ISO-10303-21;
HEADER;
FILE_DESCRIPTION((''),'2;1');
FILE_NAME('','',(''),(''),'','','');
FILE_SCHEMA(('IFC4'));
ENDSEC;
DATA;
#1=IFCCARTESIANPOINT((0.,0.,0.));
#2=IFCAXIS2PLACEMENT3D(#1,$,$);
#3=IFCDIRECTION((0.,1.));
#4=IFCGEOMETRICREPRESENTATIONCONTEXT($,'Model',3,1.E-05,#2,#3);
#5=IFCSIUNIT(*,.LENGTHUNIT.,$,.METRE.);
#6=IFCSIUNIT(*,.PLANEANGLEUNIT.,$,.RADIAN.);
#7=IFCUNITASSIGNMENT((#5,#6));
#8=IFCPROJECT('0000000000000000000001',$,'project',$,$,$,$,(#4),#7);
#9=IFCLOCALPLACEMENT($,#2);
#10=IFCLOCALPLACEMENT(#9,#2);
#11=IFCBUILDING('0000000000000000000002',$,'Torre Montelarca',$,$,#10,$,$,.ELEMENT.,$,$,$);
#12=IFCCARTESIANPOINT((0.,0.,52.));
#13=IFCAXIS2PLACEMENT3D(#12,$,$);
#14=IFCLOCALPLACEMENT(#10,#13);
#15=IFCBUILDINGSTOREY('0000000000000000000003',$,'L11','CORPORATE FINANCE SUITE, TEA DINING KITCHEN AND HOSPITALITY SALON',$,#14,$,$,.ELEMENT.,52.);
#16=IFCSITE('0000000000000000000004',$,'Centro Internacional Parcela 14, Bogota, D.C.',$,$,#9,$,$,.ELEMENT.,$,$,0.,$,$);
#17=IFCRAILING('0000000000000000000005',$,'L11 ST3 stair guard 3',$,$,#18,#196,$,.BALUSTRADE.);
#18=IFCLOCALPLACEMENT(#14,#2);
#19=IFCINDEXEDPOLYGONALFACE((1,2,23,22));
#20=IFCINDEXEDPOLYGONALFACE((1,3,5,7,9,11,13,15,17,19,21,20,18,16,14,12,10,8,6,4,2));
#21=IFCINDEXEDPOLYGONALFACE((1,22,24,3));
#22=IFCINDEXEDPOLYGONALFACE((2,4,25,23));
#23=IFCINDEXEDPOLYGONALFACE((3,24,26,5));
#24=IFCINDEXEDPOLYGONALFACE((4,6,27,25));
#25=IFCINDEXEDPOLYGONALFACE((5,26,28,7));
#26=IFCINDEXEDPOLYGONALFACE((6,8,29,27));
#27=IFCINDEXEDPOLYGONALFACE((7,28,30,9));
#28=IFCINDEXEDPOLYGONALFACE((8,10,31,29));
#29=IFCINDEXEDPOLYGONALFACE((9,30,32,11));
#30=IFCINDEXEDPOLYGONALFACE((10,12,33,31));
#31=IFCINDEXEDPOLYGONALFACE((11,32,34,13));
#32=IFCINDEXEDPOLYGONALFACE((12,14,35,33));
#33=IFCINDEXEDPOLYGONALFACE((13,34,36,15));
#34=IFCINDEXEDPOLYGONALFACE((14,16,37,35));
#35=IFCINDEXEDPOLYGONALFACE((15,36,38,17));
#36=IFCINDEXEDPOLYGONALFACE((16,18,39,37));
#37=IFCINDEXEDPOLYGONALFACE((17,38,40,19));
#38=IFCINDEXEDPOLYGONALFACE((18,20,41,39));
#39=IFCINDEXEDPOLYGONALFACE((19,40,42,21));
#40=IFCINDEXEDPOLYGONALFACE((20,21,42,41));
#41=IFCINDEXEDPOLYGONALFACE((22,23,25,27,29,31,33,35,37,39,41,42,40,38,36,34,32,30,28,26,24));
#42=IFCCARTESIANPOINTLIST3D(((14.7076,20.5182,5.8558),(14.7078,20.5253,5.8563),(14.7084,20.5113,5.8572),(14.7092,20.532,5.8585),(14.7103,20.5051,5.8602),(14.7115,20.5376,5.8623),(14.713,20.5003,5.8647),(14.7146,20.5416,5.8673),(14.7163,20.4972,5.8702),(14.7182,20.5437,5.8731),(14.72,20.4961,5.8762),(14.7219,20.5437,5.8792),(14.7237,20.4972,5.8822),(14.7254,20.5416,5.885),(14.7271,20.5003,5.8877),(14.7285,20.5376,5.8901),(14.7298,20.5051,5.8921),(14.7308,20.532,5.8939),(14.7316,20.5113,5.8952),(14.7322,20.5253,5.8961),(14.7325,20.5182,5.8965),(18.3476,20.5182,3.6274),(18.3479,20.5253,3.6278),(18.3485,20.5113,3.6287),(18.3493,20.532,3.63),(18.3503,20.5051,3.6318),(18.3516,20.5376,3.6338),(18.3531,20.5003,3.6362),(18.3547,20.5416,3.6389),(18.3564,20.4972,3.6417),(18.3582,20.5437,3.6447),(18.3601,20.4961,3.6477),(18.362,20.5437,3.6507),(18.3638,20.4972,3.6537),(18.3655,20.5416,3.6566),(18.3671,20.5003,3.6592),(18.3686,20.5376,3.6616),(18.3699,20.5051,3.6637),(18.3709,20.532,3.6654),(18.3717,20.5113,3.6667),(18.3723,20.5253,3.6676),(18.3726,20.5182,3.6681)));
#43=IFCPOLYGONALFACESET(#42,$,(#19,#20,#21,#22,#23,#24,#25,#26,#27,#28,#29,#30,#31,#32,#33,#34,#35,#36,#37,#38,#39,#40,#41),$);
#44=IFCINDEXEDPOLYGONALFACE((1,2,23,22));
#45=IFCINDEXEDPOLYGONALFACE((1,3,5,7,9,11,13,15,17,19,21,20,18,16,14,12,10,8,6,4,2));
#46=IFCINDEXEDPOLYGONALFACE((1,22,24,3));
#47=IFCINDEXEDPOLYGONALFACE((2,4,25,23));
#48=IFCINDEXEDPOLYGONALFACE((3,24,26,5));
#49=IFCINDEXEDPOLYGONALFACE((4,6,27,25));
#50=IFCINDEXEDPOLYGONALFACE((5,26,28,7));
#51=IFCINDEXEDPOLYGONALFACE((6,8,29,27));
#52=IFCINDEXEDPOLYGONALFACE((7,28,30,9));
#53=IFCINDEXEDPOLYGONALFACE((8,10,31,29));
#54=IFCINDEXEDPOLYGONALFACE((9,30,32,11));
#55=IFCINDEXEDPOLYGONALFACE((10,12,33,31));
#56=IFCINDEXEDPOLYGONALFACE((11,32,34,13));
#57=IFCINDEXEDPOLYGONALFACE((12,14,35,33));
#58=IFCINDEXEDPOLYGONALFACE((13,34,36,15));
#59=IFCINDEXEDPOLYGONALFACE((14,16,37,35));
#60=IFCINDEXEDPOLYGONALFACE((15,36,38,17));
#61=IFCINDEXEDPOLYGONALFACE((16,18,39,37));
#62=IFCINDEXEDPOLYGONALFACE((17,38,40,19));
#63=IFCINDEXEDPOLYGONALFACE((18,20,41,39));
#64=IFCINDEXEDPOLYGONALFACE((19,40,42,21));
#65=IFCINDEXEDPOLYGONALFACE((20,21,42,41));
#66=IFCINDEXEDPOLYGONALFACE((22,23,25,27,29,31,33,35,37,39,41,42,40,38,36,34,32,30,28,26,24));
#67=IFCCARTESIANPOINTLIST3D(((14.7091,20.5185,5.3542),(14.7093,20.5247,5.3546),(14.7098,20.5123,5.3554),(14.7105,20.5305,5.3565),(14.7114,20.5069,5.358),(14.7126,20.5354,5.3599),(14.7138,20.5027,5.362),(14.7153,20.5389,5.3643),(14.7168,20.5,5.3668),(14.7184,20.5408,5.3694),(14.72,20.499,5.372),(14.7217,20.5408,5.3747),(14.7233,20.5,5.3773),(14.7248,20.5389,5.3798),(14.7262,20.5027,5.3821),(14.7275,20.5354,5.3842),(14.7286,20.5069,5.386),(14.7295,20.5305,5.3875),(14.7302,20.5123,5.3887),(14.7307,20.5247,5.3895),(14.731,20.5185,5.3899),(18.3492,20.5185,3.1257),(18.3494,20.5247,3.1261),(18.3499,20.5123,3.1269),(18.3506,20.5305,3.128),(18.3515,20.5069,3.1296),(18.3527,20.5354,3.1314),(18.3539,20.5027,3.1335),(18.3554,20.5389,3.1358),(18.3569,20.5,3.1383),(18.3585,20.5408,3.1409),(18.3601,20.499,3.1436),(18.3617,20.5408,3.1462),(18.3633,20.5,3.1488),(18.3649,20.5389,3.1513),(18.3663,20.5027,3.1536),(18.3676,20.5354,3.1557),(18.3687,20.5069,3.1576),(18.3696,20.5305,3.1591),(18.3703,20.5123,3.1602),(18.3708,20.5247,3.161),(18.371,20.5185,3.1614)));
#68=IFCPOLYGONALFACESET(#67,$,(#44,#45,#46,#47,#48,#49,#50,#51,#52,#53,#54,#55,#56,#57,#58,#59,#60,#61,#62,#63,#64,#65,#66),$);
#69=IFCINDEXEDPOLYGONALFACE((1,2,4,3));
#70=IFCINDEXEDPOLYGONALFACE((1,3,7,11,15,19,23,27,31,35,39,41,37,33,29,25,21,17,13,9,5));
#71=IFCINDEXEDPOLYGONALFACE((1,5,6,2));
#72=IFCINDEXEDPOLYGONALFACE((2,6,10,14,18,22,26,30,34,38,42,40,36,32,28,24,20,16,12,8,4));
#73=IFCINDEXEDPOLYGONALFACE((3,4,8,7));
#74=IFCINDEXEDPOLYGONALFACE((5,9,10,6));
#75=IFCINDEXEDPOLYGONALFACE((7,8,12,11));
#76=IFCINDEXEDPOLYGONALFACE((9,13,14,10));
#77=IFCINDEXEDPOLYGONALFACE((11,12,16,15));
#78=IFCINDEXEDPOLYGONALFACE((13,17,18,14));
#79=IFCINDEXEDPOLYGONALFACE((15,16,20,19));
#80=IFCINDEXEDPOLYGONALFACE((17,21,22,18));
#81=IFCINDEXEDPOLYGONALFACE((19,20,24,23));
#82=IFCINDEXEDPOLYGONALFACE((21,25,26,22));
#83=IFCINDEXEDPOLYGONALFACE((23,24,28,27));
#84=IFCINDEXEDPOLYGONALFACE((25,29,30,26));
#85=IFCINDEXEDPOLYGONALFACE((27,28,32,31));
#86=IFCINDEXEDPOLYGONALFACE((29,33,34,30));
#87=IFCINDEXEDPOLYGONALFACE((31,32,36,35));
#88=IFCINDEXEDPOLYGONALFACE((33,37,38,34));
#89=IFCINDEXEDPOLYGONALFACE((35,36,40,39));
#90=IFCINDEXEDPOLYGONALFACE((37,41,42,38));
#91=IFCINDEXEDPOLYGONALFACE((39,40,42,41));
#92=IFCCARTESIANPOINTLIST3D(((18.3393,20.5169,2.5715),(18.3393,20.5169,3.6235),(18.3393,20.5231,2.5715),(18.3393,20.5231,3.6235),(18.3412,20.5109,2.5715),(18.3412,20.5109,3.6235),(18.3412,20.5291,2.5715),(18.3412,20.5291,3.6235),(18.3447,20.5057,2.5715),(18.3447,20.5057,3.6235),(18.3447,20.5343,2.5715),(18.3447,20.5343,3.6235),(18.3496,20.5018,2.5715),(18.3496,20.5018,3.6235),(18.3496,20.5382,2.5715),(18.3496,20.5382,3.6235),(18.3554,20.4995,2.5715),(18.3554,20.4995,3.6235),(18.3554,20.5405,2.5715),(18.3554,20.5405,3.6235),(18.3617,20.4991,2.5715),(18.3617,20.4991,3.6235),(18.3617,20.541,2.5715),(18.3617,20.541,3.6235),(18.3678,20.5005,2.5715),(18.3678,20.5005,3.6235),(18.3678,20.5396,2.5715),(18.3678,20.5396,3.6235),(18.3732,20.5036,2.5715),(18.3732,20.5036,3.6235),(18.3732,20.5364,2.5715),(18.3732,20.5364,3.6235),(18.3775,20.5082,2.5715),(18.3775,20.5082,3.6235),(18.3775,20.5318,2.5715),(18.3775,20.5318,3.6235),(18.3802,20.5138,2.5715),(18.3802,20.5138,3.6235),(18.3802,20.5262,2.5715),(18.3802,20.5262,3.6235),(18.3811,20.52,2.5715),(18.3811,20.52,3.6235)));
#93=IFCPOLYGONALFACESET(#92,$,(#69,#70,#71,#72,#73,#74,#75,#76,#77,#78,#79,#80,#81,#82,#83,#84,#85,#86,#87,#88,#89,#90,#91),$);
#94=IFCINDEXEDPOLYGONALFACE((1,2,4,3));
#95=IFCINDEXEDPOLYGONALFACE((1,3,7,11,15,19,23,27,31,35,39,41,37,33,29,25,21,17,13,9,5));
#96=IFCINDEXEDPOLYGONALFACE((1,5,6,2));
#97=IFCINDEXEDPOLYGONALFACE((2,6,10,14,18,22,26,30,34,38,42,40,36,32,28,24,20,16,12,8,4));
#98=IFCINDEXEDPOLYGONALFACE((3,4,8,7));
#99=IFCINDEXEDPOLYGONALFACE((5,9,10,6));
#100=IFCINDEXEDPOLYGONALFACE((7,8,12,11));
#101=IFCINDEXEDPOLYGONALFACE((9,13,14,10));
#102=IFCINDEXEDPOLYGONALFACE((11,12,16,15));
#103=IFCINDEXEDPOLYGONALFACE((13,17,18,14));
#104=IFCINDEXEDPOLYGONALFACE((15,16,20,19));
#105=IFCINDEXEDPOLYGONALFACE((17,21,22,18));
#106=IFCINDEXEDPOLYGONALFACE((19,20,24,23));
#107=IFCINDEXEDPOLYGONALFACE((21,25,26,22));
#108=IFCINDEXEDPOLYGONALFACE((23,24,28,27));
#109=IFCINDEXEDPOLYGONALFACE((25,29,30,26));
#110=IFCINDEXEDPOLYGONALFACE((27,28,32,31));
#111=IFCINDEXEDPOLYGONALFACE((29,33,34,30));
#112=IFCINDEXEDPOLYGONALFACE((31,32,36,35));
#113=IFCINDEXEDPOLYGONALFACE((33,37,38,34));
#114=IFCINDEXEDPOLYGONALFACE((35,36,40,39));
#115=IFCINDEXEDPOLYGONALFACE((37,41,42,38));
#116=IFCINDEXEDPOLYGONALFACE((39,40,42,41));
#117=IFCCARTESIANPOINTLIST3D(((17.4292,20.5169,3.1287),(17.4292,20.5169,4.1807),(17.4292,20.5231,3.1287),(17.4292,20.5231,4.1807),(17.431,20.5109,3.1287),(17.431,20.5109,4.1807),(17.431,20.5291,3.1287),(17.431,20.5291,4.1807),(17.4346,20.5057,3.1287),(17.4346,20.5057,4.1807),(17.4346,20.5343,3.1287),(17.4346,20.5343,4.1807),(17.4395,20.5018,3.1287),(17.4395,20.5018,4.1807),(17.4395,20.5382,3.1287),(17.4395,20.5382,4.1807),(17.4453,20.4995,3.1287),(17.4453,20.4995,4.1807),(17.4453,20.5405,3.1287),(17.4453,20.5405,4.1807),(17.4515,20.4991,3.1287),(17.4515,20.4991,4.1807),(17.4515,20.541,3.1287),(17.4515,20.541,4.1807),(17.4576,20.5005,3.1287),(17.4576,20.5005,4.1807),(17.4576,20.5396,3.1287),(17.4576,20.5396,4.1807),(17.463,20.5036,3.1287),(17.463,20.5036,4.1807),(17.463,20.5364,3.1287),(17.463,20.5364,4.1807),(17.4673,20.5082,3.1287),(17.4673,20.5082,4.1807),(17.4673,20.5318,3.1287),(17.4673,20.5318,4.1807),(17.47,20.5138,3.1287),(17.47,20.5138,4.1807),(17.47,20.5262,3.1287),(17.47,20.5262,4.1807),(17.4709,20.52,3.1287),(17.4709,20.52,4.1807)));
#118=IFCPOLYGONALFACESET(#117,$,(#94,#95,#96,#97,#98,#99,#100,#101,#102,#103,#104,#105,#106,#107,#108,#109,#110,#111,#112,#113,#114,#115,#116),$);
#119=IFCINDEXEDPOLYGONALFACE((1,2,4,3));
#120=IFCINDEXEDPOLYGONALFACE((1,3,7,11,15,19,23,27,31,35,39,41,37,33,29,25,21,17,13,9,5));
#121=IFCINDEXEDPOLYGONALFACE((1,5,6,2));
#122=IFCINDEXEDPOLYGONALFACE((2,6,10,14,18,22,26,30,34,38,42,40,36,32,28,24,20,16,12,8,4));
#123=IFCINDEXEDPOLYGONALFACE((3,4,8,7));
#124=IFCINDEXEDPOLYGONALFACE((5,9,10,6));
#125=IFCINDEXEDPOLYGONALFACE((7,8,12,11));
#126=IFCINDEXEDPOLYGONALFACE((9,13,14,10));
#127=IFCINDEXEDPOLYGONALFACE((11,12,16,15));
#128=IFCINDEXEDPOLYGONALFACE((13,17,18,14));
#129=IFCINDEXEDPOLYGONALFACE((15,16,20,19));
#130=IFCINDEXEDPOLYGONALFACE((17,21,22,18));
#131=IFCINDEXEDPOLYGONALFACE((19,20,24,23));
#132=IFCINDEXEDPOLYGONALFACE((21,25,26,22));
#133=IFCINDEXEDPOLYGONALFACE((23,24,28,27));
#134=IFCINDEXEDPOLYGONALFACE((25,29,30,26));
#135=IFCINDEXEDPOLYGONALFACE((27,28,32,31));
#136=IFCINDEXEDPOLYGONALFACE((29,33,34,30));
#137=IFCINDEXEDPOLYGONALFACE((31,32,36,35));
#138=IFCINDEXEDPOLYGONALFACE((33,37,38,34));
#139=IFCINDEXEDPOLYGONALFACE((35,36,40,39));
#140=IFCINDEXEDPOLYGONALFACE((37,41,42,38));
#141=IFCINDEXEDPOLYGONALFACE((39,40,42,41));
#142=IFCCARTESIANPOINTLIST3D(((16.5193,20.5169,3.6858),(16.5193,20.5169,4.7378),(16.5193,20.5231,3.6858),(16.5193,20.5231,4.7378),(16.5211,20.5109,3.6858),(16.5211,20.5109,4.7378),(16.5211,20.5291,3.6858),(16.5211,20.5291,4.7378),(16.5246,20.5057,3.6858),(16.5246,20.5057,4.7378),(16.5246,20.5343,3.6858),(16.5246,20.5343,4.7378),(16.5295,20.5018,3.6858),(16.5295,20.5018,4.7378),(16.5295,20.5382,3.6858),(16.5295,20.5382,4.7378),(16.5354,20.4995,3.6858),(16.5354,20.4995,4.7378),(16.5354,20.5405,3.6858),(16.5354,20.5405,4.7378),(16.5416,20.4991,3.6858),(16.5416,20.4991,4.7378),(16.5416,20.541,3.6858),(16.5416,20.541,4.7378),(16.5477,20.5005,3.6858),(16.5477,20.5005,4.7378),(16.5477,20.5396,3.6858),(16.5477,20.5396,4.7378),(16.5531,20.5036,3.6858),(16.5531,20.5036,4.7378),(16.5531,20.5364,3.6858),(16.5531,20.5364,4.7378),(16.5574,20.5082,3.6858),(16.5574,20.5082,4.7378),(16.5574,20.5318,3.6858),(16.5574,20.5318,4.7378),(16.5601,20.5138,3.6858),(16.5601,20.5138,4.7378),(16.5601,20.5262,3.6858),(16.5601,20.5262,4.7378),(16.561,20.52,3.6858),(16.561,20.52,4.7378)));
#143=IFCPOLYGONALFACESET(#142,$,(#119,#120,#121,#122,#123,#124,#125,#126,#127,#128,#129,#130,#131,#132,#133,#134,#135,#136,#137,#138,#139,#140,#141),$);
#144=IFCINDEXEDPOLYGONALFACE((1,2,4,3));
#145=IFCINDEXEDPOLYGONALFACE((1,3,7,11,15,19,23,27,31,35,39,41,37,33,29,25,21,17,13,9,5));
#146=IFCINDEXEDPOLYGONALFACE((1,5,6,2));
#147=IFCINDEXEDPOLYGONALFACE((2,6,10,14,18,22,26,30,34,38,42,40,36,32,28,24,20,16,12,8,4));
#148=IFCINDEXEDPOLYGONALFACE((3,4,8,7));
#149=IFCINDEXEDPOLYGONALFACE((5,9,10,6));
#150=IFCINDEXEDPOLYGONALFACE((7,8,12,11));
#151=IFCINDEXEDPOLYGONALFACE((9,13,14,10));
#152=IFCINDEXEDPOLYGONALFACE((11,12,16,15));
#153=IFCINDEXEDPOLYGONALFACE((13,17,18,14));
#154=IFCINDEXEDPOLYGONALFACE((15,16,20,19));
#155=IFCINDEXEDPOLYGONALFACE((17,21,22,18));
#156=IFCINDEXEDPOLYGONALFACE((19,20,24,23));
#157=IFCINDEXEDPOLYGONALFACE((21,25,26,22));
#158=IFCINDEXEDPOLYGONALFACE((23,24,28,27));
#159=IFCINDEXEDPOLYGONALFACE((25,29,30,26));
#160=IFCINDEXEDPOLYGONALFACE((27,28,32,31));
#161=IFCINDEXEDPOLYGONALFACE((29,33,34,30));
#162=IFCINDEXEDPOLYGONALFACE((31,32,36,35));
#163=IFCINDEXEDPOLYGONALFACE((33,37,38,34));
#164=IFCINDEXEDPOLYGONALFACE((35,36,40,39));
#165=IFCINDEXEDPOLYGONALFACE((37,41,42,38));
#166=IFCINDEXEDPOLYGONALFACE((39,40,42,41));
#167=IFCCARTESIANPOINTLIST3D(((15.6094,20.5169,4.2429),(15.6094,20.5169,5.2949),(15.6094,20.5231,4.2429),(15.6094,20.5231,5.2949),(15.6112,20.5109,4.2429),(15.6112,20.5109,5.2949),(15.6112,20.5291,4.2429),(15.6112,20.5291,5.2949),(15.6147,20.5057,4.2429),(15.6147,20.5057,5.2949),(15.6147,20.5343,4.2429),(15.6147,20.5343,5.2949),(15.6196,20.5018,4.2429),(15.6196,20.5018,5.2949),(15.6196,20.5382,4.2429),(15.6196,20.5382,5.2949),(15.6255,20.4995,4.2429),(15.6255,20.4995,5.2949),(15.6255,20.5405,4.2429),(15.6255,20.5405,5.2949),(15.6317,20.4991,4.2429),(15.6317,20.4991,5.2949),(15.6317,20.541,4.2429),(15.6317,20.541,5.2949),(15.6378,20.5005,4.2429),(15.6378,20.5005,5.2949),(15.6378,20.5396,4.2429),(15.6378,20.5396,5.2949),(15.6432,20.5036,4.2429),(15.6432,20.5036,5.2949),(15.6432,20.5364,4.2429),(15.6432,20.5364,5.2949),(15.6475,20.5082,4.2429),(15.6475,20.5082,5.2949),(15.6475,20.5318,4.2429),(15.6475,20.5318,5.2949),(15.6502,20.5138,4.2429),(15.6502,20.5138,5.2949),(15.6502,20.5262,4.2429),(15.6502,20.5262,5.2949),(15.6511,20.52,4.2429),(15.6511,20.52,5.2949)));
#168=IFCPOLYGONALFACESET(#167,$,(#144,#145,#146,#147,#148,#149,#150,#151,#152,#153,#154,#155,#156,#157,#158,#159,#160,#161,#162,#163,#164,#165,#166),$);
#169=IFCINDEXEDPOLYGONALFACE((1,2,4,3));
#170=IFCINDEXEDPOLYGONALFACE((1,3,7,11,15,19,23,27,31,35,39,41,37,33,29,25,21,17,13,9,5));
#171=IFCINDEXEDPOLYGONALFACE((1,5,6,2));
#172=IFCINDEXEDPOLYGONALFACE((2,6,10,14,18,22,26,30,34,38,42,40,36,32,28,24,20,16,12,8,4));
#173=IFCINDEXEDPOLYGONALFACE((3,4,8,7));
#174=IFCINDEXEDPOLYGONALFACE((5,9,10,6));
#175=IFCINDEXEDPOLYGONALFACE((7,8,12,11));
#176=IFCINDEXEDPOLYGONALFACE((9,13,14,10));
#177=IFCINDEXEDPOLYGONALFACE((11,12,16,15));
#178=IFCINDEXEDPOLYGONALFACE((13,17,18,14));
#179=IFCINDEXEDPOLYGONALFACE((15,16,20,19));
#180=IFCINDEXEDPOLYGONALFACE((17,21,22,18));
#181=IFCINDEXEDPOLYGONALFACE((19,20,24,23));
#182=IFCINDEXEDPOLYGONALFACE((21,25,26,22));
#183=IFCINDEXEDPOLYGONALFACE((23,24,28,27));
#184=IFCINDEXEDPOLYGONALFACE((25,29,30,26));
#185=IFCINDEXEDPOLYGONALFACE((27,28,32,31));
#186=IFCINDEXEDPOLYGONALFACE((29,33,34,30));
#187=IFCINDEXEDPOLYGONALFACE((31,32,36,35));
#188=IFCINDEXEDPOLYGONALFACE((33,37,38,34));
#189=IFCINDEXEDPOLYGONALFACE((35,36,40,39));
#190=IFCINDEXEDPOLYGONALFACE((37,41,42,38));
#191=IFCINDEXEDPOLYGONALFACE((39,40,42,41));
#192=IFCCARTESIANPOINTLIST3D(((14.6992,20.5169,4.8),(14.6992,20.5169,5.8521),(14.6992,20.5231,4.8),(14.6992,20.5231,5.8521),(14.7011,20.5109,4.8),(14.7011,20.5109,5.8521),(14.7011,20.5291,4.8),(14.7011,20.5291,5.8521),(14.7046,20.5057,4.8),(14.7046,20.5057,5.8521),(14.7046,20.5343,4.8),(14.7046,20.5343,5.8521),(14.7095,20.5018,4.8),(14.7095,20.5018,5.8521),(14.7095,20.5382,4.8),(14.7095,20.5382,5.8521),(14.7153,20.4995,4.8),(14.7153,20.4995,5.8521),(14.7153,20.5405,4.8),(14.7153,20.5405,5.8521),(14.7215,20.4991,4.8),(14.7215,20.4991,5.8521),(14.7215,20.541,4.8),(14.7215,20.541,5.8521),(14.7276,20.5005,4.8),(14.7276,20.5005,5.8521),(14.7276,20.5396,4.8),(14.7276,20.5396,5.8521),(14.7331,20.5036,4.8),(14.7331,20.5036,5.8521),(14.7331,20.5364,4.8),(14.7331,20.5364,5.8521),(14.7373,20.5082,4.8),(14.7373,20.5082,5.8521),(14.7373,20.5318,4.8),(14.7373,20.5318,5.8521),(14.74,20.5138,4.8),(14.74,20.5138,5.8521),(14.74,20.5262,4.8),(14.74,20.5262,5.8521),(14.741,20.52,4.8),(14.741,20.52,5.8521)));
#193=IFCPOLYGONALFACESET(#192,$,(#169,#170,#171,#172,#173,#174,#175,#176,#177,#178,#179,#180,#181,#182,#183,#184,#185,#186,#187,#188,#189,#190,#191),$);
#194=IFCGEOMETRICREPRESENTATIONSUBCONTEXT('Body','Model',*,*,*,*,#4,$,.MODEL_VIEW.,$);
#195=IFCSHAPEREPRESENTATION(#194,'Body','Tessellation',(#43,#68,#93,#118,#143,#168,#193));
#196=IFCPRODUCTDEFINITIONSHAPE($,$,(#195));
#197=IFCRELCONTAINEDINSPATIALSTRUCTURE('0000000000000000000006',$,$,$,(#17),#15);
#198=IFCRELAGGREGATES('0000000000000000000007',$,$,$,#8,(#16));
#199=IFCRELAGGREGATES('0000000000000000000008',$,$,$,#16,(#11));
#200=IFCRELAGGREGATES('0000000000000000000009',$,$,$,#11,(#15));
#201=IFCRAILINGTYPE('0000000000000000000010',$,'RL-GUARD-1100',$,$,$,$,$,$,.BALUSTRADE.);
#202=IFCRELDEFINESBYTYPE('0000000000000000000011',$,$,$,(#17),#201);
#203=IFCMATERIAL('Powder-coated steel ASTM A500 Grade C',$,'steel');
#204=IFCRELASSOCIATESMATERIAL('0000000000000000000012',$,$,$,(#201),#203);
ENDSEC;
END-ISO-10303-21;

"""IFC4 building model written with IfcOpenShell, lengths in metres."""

from ifc_helpers import new_model, si_unit, direction, frame, origin, origin_2d, place, context, subcontext, project, spatial, circle, extrude, material, type_object, element, save


model = new_model("IFC4")

# Units and contexts
model_context = context("Model", 3, precision=1e-05, world=origin(), true_north=direction((0.0, 1.0)))
body_context = subcontext(model_context, "Body", "Model", "MODEL_VIEW")
ifc_project = project(units=[si_unit("LENGTHUNIT", "METRE"), si_unit("PLANEANGLEUNIT", "RADIAN")], contexts=[model_context])

# Site, building, storey
site_placement = place(None, origin())
site = spatial("IfcSite", under=ifc_project, at=site_placement, Name="Centro Internacional Parcela 14, Bogota, D.C.", CompositionType="ELEMENT", RefElevation=0.0)
building_placement = place(site_placement, origin())
building = spatial("IfcBuilding", under=site, at=building_placement, Name="Torre Montelarca", CompositionType="ELEMENT")
storey_placement = place(building_placement, frame((0.0, 0.0, 52.0)))
storey = spatial("IfcBuildingStorey", under=building, at=storey_placement, Name="L11", Description="CORPORATE FINANCE SUITE, TEA DINING KITCHEN AND HOSPITALITY SALON", CompositionType="ELEMENT", Elevation=52.0)

# Railing
ifc_material_1 = material(Name="Powder-coated steel ASTM A500 Grade C", Category="steel")
railing_type_1 = type_object("IfcRailingType", Name="RL-GUARD-1100", PredefinedType="BALUSTRADE", material=ifc_material_1)
railing_1_placement = place(storey_placement, frame((18.3601, 20.52, 2.5715)))
element("IfcRailing", 1, at=railing_1_placement, inside=storey, type_object=railing_type_1, Name="L11 ST3 stair guard 3", PredefinedType="BALUSTRADE", context=body_context, shape_type="SweptSolid", body=[
    extrude(circle(Radius=0.0239, at=origin_2d()), frame((0.0, 0.0, 1.0762), z_axis=(-0.852866, 0.0, 0.52213), x_axis=(0.0, -1.0, 0.0)), (0.0, 0.0, 1.0), 4.2681),
    extrude(circle(Radius=0.021, at=origin_2d()), frame((0.0, 0.0, 0.572), z_axis=(-0.852866, 0.0, 0.52213), x_axis=(0.0, -1.0, 0.0)), (0.0, 0.0, 1.0), 4.2681),
    extrude(circle(Radius=0.021, at=origin_2d()), origin(), (0.0, 0.0, 1.0), 1.052),
    extrude(circle(Radius=0.021, at=origin_2d()), frame((-0.9102, 0.0, 0.5571)), (0.0, 0.0, 1.0), 1.052),
    extrude(circle(Radius=0.021, at=origin_2d()), frame((-1.8201, 0.0, 1.1143)), (0.0, 0.0, 1.0), 1.052),
    extrude(circle(Radius=0.021, at=origin_2d()), frame((-2.73, 0.0, 1.6714)), (0.0, 0.0, 1.0), 1.052),
    extrude(circle(Radius=0.021, at=origin_2d()), frame((-3.6401, 0.0, 2.2285)), (0.0, 0.0, 1.0), 1.052),
])

save(model, "model.ifc")
